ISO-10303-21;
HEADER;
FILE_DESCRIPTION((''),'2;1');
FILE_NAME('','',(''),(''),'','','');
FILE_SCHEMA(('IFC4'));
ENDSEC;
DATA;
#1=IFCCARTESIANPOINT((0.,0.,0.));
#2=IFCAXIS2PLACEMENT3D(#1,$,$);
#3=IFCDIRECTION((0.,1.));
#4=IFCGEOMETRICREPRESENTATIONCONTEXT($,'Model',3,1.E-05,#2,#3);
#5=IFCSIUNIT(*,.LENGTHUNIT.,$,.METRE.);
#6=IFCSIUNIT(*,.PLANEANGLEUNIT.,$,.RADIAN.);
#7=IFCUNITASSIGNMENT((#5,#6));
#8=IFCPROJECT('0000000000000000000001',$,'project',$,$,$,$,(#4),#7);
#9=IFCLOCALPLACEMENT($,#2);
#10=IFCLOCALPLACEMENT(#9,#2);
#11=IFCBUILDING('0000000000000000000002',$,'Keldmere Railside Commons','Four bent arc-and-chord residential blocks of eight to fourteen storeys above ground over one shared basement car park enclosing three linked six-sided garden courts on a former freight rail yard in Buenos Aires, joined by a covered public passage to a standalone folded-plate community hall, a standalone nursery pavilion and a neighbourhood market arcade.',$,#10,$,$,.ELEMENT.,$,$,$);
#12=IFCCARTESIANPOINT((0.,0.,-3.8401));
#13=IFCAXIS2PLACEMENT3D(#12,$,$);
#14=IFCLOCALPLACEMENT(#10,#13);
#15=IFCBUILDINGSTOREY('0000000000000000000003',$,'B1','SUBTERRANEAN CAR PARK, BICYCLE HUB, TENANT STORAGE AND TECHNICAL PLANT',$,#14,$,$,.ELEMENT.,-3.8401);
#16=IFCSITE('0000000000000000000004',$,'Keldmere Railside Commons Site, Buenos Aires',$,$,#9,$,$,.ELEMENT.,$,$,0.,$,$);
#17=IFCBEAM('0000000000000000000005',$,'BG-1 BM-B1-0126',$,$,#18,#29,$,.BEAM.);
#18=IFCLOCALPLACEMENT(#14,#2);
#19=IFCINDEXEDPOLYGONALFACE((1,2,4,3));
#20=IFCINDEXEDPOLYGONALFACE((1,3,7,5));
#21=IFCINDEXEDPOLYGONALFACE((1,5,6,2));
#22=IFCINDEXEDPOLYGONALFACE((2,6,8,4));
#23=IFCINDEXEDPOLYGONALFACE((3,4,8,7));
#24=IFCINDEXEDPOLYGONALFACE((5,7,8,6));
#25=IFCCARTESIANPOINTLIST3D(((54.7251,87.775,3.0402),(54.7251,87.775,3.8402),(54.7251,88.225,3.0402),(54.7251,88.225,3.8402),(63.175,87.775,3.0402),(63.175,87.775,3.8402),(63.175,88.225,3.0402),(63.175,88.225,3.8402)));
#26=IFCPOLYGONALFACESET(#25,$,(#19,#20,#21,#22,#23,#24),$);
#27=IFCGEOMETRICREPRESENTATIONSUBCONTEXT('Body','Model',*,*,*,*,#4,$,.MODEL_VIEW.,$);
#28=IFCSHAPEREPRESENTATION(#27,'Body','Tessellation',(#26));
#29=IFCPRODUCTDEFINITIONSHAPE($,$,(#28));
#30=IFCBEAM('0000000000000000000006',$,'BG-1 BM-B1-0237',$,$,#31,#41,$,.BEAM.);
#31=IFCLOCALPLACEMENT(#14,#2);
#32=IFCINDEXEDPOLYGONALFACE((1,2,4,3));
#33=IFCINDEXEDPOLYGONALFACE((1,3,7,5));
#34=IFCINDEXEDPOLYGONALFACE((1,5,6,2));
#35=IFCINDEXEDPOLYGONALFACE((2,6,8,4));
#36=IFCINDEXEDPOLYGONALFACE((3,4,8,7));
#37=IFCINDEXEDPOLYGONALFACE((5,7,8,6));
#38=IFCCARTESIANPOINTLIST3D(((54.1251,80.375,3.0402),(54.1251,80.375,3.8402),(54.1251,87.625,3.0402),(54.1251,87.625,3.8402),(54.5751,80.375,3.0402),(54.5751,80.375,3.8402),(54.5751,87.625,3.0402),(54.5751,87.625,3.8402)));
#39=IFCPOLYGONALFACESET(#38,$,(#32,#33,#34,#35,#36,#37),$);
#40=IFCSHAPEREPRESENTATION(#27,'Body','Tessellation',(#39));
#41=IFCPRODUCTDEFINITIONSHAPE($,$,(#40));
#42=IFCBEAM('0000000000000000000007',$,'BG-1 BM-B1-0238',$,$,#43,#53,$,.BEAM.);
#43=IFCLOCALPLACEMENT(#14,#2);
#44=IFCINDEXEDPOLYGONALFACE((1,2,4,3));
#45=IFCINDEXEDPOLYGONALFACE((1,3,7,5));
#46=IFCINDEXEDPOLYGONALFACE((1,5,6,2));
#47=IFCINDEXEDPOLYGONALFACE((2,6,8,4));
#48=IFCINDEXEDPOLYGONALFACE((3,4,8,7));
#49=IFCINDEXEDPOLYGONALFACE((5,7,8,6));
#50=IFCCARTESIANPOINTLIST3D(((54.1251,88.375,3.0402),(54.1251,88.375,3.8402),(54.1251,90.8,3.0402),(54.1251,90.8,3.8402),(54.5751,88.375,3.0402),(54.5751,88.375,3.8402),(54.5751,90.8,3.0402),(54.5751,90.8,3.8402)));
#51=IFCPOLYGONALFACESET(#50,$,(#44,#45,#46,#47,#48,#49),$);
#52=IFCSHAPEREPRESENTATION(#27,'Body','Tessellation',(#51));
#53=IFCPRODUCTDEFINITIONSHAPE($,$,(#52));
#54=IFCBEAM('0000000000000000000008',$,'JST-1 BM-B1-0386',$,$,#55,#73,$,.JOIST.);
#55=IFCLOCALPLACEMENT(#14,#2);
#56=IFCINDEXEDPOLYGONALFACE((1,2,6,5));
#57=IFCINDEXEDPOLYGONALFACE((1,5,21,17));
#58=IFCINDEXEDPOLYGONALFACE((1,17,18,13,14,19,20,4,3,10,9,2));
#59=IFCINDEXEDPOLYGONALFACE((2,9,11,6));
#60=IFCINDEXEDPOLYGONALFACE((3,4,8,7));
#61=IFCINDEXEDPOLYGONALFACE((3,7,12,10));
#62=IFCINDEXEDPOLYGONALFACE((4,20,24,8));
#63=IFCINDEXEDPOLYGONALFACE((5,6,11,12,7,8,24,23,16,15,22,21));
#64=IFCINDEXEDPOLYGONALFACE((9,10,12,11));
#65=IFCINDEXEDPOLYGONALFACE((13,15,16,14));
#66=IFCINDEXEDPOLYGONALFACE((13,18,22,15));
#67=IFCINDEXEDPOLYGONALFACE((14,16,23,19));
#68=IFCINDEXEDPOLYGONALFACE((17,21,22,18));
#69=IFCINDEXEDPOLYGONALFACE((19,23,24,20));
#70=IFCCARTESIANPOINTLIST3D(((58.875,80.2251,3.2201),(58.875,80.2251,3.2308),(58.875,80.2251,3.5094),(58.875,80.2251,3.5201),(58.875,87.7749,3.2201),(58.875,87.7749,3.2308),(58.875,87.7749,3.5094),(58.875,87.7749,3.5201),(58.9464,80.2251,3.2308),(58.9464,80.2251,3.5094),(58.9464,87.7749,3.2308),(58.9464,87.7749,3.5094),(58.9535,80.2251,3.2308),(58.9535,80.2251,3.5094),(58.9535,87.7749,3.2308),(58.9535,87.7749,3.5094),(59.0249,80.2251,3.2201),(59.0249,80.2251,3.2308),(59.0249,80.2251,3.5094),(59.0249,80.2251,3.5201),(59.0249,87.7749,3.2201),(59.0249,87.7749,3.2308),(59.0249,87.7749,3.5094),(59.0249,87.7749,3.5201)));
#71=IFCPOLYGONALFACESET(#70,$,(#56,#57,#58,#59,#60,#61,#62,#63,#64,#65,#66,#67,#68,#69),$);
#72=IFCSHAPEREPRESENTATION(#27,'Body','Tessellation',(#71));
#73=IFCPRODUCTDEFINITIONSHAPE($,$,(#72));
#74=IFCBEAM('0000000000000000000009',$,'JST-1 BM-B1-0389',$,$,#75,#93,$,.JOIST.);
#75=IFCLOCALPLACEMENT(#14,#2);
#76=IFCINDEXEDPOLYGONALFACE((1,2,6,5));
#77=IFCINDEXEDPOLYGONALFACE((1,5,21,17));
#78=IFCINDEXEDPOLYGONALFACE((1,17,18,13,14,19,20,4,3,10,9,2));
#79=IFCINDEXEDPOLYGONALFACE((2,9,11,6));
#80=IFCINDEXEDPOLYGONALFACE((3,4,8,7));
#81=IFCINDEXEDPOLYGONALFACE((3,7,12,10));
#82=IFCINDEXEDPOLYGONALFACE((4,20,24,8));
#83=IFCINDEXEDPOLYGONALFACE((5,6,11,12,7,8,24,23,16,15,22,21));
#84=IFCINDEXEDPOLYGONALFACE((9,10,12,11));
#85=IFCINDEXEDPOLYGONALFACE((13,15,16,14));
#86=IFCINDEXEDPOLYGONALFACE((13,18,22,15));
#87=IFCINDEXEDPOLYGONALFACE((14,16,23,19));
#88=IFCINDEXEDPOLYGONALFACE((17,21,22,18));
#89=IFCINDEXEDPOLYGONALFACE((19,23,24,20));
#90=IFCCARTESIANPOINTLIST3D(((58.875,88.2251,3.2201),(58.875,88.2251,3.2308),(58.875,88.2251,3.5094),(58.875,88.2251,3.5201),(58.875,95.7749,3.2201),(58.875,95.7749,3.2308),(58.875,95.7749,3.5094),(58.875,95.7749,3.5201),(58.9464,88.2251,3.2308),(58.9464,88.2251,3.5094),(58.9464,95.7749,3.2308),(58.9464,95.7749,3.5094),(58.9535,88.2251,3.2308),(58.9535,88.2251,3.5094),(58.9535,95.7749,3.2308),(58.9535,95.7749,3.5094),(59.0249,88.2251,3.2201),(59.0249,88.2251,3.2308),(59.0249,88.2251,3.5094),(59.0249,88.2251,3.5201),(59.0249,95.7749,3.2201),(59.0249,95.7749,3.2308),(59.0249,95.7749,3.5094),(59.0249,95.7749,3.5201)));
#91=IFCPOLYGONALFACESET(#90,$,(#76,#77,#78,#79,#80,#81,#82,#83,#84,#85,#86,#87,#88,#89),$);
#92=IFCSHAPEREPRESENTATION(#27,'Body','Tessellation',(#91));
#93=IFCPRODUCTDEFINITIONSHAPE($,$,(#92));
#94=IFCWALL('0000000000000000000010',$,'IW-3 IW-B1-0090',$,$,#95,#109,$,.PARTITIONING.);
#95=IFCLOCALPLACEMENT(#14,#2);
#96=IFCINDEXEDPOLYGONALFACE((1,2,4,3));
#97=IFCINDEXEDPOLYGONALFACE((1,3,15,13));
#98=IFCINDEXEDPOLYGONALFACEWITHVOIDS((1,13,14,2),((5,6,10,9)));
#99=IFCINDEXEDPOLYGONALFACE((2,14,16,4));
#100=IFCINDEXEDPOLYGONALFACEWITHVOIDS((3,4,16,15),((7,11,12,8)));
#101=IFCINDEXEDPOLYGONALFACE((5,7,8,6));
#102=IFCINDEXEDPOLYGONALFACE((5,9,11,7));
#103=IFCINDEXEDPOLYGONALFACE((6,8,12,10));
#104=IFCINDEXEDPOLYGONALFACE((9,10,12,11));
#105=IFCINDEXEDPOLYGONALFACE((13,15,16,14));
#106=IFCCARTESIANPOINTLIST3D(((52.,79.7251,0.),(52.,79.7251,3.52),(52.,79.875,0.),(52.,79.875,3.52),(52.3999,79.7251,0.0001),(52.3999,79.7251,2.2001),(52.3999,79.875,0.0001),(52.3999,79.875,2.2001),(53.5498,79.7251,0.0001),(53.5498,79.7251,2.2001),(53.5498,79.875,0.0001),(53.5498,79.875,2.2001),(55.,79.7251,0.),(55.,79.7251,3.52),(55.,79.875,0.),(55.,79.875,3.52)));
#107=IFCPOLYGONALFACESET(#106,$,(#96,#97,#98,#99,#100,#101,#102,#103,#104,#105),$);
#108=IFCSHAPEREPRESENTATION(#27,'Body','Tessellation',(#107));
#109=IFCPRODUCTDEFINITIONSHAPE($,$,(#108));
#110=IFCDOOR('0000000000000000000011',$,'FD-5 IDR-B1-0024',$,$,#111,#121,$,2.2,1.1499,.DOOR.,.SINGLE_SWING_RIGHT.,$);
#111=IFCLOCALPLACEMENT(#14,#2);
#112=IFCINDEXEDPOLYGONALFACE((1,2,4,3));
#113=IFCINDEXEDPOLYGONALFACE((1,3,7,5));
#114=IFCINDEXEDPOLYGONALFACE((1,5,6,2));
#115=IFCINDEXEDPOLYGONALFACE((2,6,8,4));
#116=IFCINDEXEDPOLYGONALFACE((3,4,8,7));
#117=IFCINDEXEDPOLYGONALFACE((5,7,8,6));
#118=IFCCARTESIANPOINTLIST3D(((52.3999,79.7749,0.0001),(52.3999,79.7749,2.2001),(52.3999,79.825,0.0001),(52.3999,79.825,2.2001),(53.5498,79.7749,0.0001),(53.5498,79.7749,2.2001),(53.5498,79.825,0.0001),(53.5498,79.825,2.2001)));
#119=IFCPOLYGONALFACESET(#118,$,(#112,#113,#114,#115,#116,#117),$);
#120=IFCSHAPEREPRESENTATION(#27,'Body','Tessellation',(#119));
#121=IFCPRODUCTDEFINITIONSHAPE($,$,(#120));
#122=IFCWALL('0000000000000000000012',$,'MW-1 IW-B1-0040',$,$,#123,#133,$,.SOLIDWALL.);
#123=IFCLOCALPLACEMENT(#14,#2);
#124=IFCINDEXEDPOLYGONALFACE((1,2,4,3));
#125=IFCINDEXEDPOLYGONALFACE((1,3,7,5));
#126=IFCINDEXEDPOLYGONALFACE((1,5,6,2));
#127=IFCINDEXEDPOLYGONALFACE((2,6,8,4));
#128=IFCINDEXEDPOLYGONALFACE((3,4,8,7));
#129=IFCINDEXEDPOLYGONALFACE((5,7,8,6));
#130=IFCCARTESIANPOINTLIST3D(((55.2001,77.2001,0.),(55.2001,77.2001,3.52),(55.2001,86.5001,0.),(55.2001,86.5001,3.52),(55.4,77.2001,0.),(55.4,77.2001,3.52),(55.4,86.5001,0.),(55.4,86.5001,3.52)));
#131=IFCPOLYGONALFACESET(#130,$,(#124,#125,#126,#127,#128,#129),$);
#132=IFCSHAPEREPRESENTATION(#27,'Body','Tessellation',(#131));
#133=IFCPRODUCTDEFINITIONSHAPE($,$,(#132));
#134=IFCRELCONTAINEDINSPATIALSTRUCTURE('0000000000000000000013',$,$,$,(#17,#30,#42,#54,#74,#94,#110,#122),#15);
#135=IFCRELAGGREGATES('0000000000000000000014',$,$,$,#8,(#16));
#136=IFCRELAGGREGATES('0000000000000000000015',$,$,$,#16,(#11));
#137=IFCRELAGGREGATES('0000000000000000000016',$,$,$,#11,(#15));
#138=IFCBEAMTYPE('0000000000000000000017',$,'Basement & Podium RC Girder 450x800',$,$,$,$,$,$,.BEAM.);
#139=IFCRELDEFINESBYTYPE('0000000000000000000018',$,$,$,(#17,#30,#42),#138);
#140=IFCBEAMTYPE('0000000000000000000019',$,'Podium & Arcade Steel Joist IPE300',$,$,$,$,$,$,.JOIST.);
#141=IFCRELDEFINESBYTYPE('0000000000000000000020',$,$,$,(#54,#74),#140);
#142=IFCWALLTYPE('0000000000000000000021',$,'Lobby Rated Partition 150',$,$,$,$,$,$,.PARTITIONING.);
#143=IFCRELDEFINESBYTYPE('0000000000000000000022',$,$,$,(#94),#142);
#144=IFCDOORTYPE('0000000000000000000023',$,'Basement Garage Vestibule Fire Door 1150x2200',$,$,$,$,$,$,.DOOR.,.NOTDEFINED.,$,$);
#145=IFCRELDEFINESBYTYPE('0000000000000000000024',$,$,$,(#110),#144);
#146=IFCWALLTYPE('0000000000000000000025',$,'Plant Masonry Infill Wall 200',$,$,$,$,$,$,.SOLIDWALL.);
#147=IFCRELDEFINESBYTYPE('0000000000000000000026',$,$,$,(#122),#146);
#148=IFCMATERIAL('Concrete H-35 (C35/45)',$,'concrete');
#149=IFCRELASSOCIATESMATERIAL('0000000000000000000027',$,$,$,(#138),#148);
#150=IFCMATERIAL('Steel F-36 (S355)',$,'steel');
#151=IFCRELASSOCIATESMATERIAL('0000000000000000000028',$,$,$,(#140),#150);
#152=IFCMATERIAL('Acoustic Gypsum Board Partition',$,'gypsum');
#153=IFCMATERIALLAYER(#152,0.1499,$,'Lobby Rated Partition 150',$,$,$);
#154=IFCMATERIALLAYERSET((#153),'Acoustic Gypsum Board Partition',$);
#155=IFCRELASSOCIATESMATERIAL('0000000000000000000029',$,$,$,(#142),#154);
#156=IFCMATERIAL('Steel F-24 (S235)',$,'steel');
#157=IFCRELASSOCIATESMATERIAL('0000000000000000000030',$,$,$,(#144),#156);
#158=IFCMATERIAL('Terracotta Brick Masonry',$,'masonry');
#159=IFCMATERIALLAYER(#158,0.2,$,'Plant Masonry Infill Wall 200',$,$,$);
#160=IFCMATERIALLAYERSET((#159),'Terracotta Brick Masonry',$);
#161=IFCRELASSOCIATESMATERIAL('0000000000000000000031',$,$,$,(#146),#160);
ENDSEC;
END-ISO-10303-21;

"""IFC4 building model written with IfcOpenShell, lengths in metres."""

from ifc_helpers import new_model, si_unit, direction, frame, frame_2d, origin, origin_2d, place, context, subcontext, project, spatial, rectangle, i_section, extrude, material, layer, layer_set, material_profile, profile_set, type_object, element, fill, save


model = new_model("IFC4")

# Units and contexts
model_context = context("Model", 3, precision=1e-05, world=origin(), true_north=direction((0.0, 1.0)))
body_context = subcontext(model_context, "Body", "Model", "MODEL_VIEW")
ifc_project = project(units=[si_unit("LENGTHUNIT", "METRE"), si_unit("PLANEANGLEUNIT", "RADIAN")], contexts=[model_context])

# Site, building, storey
site_placement = place(None, origin())
site = spatial("IfcSite", under=ifc_project, at=site_placement, Name="Keldmere Railside Commons Site, Buenos Aires", CompositionType="ELEMENT", RefElevation=0.0)
building_placement = place(site_placement, origin())
building = spatial("IfcBuilding", under=site, at=building_placement, Name="Keldmere Railside Commons", Description="Four bent arc-and-chord residential blocks of eight to fourteen storeys above ground over one shared basement car park enclosing three linked six-sided garden courts on a former freight rail yard in Buenos Aires, joined by a covered public passage to a standalone folded-plate community hall, a standalone nursery pavilion and a neighbourhood market arcade.", CompositionType="ELEMENT")
storey_placement = place(building_placement, frame((0.0, 0.0, -3.8401)))
storey = spatial("IfcBuildingStorey", under=building, at=storey_placement, Name="B1", Description="SUBTERRANEAN CAR PARK, BICYCLE HUB, TENANT STORAGE AND TECHNICAL PLANT", CompositionType="ELEMENT", Elevation=-3.8401)

# Beams
ifc_material_1 = material(Name="Concrete H-35 (C35/45)", Category="concrete")
ifc_material_profile_1 = material_profile(ifc_material_1, rectangle(XDim=0.45, YDim=0.8, at=origin_2d()), Name="RC-450x800")
ifc_profile_set_1 = profile_set([ifc_material_profile_1], Name="Concrete H-35 (C35/45)")
beam_type_1 = type_object("IfcBeamType", Name="Basement & Podium RC Girder 450x800", PredefinedType="BEAM", material=ifc_profile_set_1)
for number, where, z_axis, x_axis, name in (
    (1, (54.7251, 88.0, 3.4402), (1.0, 0.0, 0.0), (0.0, 1.0, 0.0), "BG-1 BM-B1-0126"),
):
    element("IfcBeam", number, at=place(storey_placement, frame(where, z_axis=z_axis, x_axis=x_axis)), inside=storey, type_object=beam_type_1, Name=name, PredefinedType="BEAM", context=body_context, shape_type="SweptSolid", body=[
        extrude(rectangle(XDim=0.45, YDim=0.8, at=origin_2d()), origin(), (0.0, 0.0, 1.0), 8.45),
    ])
beam_1_placement = place(storey_placement, frame((54.3501, 80.375, 3.4402), z_axis=(0.0, 1.0, 0.0), x_axis=(-1.0, 0.0, 0.0)))
element("IfcBeam", 2, at=beam_1_placement, inside=storey, type_object=beam_type_1, Name="BG-1 BM-B1-0237", PredefinedType="BEAM", context=body_context, shape_type="SweptSolid", body=[
    extrude(rectangle(XDim=0.45, YDim=0.8, at=origin_2d()), origin(), (0.0, 0.0, 1.0), 7.25),
])
beam_2_placement = place(storey_placement, frame((54.3501, 88.375, 3.4402), z_axis=(0.0, 1.0, 0.0), x_axis=(-1.0, 0.0, 0.0)))
element("IfcBeam", 3, at=beam_2_placement, inside=storey, type_object=beam_type_1, Name="BG-1 BM-B1-0238", PredefinedType="BEAM", context=body_context, shape_type="SweptSolid", body=[
    extrude(rectangle(XDim=0.45, YDim=0.8, at=origin_2d()), origin(), (0.0, 0.0, 1.0), 2.425),
])
ifc_material_2 = material(Name="Steel F-36 (S355)", Category="steel")
ifc_material_profile_2 = material_profile(ifc_material_2, i_section(OverallWidth=0.1499, OverallDepth=0.3, WebThickness=0.0071, FlangeThickness=0.0107, at=origin_2d()), Name="IPE-300")
ifc_profile_set_2 = profile_set([ifc_material_profile_2], Name="Steel F-36 (S355)")
beam_type_2 = type_object("IfcBeamType", Name="Podium & Arcade Steel Joist IPE300", PredefinedType="JOIST", material=ifc_profile_set_2)
for number, where, z_axis, x_axis, name in (
    (4, (58.95, 80.2251, 3.3701), (0.0, 1.0, 0.0), (-1.0, 0.0, 0.0), "JST-1 BM-B1-0386"),
    (5, (58.95, 88.2251, 3.3701), (0.0, 1.0, 0.0), (-1.0, 0.0, 0.0), "JST-1 BM-B1-0389"),
):
    element("IfcBeam", number, at=place(storey_placement, frame(where, z_axis=z_axis, x_axis=x_axis)), inside=storey, type_object=beam_type_2, Name=name, PredefinedType="JOIST", context=body_context, shape_type="SweptSolid", body=[
        extrude(i_section(OverallWidth=0.1499, OverallDepth=0.3, WebThickness=0.0071, FlangeThickness=0.0107, at=origin_2d()), origin(), (0.0, 0.0, 1.0), 7.5498),
    ])

# Wall, opening, door
ifc_material_3 = material(Name="Acoustic Gypsum Board Partition", Category="gypsum")
ifc_layer_1 = layer(ifc_material_3, 0.1499, Name="Lobby Rated Partition 150")
ifc_layer_set_1 = layer_set([ifc_layer_1], Name="Acoustic Gypsum Board Partition")
wall_type_1 = type_object("IfcWallType", Name="Lobby Rated Partition 150", PredefinedType="PARTITIONING", material=ifc_layer_set_1)
wall_1_placement = place(storey_placement, frame((52.0, 79.8, 0.0), z_axis=(0.0, 0.0, 1.0), x_axis=(1.0, 0.0, 0.0)))
wall_1 = element("IfcWall", 6, at=wall_1_placement, inside=storey, type_object=wall_type_1, Name="IW-3 IW-B1-0090", PredefinedType="PARTITIONING", context=body_context, shape_type="SweptSolid", body=[
    extrude(rectangle(XDim=3.0, YDim=0.1499, at=frame_2d((1.5, 0.0))), origin(), (0.0, 0.0, 1.0), 3.52),
])
opening_placement = place(wall_1_placement, frame((0.3999, 0.0, 0.0)))
opening = element("IfcOpeningElement", 7, at=opening_placement, cuts=wall_1, PredefinedType="OPENING", context=body_context, shape_type="SweptSolid", body=[
    extrude(rectangle(XDim=1.1499, YDim=2.2, at=frame_2d((0.575, 1.1001))), frame((0.0, 0.085, 0.0), z_axis=(0.0, -1.0, 0.0), x_axis=(1.0, 0.0, 0.0)), (0.0, 0.0, 1.0), 0.1699),
])
ifc_material_4 = material(Name="Steel F-24 (S235)", Category="steel")
door_type = type_object("IfcDoorType", Name="Basement Garage Vestibule Fire Door 1150x2200", OperationType="NOTDEFINED", PredefinedType="DOOR", material=ifc_material_4)
door_placement = place(opening_placement, origin())
door = element("IfcDoor", 8, at=door_placement, inside=storey, type_object=door_type, Name="FD-5 IDR-B1-0024", OperationType="SINGLE_SWING_RIGHT", OverallHeight=2.2, OverallWidth=1.1499, PredefinedType="DOOR", context=body_context, shape_type="SweptSolid", body=[
    extrude(rectangle(XDim=1.1499, YDim=2.2, at=frame_2d((0.575, 1.1001))), frame((0.0, 0.0249, 0.0), z_axis=(0.0, -1.0, 0.0), x_axis=(1.0, 0.0, 0.0)), (0.0, 0.0, 1.0), 0.05),
])
fill(opening, door)

# Wall
ifc_material_5 = material(Name="Terracotta Brick Masonry", Category="masonry")
ifc_layer_2 = layer(ifc_material_5, 0.2, Name="Plant Masonry Infill Wall 200")
ifc_layer_set_2 = layer_set([ifc_layer_2], Name="Terracotta Brick Masonry")
wall_type_2 = type_object("IfcWallType", Name="Plant Masonry Infill Wall 200", PredefinedType="SOLIDWALL", material=ifc_layer_set_2)
wall_2_placement = place(storey_placement, frame((55.3, 86.5, 0.0), z_axis=(0.0, 0.0, 1.0), x_axis=(0.0, -1.0, 0.0)))
element("IfcWall", 9, at=wall_2_placement, inside=storey, type_object=wall_type_2, Name="MW-1 IW-B1-0040", PredefinedType="SOLIDWALL", context=body_context, shape_type="SweptSolid", body=[
    extrude(rectangle(XDim=9.3, YDim=0.2, at=frame_2d((4.6499, 0.0))), origin(), (0.0, 0.0, 1.0), 3.52),
])

save(model, "model.ifc")
